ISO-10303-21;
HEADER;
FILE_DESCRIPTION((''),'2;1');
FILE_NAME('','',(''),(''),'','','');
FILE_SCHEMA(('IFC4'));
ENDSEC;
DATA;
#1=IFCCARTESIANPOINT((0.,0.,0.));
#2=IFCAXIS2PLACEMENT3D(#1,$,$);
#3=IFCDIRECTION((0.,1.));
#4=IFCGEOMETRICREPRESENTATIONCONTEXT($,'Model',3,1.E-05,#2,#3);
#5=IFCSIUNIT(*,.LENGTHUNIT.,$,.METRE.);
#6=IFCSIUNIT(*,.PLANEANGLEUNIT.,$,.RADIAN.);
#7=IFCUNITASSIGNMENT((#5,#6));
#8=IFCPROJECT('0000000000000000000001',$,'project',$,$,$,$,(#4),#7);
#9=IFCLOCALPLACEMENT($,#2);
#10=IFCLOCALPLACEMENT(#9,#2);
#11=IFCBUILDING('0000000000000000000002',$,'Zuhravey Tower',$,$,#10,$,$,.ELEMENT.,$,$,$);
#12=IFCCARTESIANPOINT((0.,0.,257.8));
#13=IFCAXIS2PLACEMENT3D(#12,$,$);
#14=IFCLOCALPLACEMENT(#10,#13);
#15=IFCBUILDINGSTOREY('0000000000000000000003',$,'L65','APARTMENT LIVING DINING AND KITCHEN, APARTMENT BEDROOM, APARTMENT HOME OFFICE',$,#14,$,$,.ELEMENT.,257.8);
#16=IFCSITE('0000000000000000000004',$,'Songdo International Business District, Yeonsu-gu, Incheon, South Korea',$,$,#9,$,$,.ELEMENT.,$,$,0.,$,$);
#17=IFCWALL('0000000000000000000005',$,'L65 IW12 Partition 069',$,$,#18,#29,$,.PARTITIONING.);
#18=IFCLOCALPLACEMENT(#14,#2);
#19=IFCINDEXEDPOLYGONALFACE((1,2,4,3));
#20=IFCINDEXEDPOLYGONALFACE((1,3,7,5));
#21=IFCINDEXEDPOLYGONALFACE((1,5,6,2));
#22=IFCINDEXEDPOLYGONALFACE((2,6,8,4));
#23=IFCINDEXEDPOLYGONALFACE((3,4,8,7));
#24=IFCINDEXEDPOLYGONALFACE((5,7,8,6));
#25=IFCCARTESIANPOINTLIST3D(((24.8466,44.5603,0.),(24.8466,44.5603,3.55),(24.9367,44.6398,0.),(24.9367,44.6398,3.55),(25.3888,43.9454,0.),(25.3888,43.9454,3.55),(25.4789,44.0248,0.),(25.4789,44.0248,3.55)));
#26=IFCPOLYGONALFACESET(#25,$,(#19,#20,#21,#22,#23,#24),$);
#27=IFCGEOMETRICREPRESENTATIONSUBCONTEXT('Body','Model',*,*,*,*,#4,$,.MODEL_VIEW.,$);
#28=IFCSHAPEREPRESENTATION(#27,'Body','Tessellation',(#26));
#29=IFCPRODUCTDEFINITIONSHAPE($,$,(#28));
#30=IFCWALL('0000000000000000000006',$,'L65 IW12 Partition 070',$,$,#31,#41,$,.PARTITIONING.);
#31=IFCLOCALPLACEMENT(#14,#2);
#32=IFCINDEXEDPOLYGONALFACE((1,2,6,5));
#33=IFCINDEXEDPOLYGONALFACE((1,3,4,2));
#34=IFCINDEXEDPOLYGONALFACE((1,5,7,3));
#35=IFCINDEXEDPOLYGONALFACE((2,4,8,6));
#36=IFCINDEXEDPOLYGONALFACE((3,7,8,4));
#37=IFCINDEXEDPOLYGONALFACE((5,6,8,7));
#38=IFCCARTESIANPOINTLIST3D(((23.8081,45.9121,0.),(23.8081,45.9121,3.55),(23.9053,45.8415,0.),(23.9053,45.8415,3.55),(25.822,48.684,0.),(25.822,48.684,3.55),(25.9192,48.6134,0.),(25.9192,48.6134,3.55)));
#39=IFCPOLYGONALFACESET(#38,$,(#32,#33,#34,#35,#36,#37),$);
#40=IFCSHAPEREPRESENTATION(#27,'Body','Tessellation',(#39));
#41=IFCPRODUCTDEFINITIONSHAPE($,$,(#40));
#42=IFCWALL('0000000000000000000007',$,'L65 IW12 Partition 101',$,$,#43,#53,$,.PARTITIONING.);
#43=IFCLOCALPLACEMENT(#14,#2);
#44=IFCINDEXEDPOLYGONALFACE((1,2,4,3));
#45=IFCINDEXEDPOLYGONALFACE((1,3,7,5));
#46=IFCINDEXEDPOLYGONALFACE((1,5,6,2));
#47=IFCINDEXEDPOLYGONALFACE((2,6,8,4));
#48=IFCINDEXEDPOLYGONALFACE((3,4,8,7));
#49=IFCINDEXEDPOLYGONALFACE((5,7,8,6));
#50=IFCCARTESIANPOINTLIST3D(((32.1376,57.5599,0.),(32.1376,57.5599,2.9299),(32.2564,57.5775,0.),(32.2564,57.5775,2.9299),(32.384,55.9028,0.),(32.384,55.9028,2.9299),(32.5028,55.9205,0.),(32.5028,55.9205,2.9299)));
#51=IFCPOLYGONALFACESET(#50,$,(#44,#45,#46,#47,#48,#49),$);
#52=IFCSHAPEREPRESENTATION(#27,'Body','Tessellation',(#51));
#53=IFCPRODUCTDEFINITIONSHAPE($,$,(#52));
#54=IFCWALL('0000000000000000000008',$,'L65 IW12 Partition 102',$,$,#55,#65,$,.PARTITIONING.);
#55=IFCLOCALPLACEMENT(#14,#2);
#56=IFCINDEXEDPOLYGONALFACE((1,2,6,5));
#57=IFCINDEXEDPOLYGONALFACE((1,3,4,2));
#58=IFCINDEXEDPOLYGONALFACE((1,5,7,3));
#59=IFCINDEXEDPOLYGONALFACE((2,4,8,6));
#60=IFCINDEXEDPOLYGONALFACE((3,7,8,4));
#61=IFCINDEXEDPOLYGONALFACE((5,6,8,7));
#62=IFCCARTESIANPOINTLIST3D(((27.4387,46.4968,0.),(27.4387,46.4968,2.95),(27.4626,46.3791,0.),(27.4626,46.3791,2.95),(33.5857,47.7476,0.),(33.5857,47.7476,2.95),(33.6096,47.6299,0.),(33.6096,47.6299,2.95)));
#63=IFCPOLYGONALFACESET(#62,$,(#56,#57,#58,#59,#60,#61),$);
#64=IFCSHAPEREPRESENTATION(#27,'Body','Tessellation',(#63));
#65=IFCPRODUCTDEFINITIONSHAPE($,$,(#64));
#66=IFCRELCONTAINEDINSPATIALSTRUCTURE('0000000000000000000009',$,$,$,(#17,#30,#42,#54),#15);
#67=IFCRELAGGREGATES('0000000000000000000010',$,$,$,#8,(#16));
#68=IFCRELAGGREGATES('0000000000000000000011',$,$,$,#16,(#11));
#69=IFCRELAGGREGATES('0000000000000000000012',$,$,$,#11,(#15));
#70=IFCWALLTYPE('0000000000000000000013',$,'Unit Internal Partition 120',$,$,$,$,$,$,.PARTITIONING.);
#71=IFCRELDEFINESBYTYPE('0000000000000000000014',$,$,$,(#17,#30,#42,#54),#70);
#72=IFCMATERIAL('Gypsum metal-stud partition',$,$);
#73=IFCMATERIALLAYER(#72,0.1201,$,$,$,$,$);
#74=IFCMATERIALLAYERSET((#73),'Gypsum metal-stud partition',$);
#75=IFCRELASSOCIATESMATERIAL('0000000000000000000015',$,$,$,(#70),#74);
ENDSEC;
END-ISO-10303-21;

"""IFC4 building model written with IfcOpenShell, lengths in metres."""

from ifc_helpers import new_model, si_unit, direction, frame, frame_2d, origin, place, context, subcontext, project, spatial, rectangle, extrude, material, layer, layer_set, type_object, element, save


model = new_model("IFC4")

# Units and contexts
model_context = context("Model", 3, precision=1e-05, world=origin(), true_north=direction((0.0, 1.0)))
body_context = subcontext(model_context, "Body", "Model", "MODEL_VIEW")
ifc_project = project(units=[si_unit("LENGTHUNIT", "METRE"), si_unit("PLANEANGLEUNIT", "RADIAN")], contexts=[model_context])

# Site, building, storey
site_placement = place(None, origin())
site = spatial("IfcSite", under=ifc_project, at=site_placement, Name="Songdo International Business District, Yeonsu-gu, Incheon, South Korea", CompositionType="ELEMENT", RefElevation=0.0)
building_placement = place(site_placement, origin())
building = spatial("IfcBuilding", under=site, at=building_placement, Name="Zuhravey Tower", CompositionType="ELEMENT")
storey_placement = place(building_placement, frame((0.0, 0.0, 257.8)))
storey = spatial("IfcBuildingStorey", under=building, at=storey_placement, Name="L65", Description="APARTMENT LIVING DINING AND KITCHEN, APARTMENT BEDROOM, APARTMENT HOME OFFICE", CompositionType="ELEMENT", Elevation=257.8)

# Shared definitions
ifc_material_1 = material(Name="Gypsum metal-stud partition")
ifc_layer_1 = layer(ifc_material_1, 0.1201)
ifc_layer_set_1 = layer_set([ifc_layer_1], Name="Gypsum metal-stud partition")
wall_type_1 = type_object("IfcWallType", Name="Unit Internal Partition 120", PredefinedType="PARTITIONING", material=ifc_layer_set_1)

# Walls
wall_1_placement = place(storey_placement, frame((25.4338, 43.9851, 0.0), z_axis=(0.0, 0.0, 1.0), x_axis=(-0.661346, 0.750081, 0.0)))
element("IfcWall", 1, at=wall_1_placement, inside=storey, type_object=wall_type_1, Name="L65 IW12 Partition 069", PredefinedType="PARTITIONING", context=body_context, shape_type="SweptSolid", body=[
    extrude(rectangle(XDim=0.8198, YDim=0.1201, at=frame_2d((0.4099, 0.0))), origin(), (0.0, 0.0, 1.0), 3.55),
])
wall_2_placement = place(storey_placement, frame((25.8706, 48.6487, 0.0), z_axis=(0.0, 0.0, 1.0), x_axis=(-0.587778, -0.809023, 0.0)))
element("IfcWall", 2, at=wall_2_placement, inside=storey, type_object=wall_type_1, Name="L65 IW12 Partition 070", PredefinedType="PARTITIONING", context=body_context, shape_type="SweptSolid", body=[
    extrude(rectangle(XDim=3.4263, YDim=0.1201, at=frame_2d((1.7131, 0.0))), origin(), (0.0, 0.0, 1.0), 3.55),
])
wall_3_placement = place(storey_placement, frame((32.4434, 55.9116, 0.0), z_axis=(0.0, 0.0, 1.0), x_axis=(-0.14705, 0.989129, 0.0)))
element("IfcWall", 3, at=wall_3_placement, inside=storey, type_object=wall_type_1, Name="L65 IW12 Partition 101", PredefinedType="PARTITIONING", context=body_context, shape_type="SweptSolid", body=[
    extrude(rectangle(XDim=1.6753, YDim=0.1201, at=frame_2d((0.8376, 0.0))), origin(), (0.0, 0.0, 1.0), 2.9299),
])
wall_4_placement = place(storey_placement, frame((33.5977, 47.6887, 0.0), z_axis=(0.0, 0.0, 1.0), x_axis=(-0.979921, -0.199386, 0.0)))
element("IfcWall", 4, at=wall_4_placement, inside=storey, type_object=wall_type_1, Name="L65 IW12 Partition 102", PredefinedType="PARTITIONING", context=body_context, shape_type="SweptSolid", body=[
    extrude(rectangle(XDim=6.2729, YDim=0.1201, at=frame_2d((3.1365, 0.0))), origin(), (0.0, 0.0, 1.0), 2.95),
])

save(model, "model.ifc")
